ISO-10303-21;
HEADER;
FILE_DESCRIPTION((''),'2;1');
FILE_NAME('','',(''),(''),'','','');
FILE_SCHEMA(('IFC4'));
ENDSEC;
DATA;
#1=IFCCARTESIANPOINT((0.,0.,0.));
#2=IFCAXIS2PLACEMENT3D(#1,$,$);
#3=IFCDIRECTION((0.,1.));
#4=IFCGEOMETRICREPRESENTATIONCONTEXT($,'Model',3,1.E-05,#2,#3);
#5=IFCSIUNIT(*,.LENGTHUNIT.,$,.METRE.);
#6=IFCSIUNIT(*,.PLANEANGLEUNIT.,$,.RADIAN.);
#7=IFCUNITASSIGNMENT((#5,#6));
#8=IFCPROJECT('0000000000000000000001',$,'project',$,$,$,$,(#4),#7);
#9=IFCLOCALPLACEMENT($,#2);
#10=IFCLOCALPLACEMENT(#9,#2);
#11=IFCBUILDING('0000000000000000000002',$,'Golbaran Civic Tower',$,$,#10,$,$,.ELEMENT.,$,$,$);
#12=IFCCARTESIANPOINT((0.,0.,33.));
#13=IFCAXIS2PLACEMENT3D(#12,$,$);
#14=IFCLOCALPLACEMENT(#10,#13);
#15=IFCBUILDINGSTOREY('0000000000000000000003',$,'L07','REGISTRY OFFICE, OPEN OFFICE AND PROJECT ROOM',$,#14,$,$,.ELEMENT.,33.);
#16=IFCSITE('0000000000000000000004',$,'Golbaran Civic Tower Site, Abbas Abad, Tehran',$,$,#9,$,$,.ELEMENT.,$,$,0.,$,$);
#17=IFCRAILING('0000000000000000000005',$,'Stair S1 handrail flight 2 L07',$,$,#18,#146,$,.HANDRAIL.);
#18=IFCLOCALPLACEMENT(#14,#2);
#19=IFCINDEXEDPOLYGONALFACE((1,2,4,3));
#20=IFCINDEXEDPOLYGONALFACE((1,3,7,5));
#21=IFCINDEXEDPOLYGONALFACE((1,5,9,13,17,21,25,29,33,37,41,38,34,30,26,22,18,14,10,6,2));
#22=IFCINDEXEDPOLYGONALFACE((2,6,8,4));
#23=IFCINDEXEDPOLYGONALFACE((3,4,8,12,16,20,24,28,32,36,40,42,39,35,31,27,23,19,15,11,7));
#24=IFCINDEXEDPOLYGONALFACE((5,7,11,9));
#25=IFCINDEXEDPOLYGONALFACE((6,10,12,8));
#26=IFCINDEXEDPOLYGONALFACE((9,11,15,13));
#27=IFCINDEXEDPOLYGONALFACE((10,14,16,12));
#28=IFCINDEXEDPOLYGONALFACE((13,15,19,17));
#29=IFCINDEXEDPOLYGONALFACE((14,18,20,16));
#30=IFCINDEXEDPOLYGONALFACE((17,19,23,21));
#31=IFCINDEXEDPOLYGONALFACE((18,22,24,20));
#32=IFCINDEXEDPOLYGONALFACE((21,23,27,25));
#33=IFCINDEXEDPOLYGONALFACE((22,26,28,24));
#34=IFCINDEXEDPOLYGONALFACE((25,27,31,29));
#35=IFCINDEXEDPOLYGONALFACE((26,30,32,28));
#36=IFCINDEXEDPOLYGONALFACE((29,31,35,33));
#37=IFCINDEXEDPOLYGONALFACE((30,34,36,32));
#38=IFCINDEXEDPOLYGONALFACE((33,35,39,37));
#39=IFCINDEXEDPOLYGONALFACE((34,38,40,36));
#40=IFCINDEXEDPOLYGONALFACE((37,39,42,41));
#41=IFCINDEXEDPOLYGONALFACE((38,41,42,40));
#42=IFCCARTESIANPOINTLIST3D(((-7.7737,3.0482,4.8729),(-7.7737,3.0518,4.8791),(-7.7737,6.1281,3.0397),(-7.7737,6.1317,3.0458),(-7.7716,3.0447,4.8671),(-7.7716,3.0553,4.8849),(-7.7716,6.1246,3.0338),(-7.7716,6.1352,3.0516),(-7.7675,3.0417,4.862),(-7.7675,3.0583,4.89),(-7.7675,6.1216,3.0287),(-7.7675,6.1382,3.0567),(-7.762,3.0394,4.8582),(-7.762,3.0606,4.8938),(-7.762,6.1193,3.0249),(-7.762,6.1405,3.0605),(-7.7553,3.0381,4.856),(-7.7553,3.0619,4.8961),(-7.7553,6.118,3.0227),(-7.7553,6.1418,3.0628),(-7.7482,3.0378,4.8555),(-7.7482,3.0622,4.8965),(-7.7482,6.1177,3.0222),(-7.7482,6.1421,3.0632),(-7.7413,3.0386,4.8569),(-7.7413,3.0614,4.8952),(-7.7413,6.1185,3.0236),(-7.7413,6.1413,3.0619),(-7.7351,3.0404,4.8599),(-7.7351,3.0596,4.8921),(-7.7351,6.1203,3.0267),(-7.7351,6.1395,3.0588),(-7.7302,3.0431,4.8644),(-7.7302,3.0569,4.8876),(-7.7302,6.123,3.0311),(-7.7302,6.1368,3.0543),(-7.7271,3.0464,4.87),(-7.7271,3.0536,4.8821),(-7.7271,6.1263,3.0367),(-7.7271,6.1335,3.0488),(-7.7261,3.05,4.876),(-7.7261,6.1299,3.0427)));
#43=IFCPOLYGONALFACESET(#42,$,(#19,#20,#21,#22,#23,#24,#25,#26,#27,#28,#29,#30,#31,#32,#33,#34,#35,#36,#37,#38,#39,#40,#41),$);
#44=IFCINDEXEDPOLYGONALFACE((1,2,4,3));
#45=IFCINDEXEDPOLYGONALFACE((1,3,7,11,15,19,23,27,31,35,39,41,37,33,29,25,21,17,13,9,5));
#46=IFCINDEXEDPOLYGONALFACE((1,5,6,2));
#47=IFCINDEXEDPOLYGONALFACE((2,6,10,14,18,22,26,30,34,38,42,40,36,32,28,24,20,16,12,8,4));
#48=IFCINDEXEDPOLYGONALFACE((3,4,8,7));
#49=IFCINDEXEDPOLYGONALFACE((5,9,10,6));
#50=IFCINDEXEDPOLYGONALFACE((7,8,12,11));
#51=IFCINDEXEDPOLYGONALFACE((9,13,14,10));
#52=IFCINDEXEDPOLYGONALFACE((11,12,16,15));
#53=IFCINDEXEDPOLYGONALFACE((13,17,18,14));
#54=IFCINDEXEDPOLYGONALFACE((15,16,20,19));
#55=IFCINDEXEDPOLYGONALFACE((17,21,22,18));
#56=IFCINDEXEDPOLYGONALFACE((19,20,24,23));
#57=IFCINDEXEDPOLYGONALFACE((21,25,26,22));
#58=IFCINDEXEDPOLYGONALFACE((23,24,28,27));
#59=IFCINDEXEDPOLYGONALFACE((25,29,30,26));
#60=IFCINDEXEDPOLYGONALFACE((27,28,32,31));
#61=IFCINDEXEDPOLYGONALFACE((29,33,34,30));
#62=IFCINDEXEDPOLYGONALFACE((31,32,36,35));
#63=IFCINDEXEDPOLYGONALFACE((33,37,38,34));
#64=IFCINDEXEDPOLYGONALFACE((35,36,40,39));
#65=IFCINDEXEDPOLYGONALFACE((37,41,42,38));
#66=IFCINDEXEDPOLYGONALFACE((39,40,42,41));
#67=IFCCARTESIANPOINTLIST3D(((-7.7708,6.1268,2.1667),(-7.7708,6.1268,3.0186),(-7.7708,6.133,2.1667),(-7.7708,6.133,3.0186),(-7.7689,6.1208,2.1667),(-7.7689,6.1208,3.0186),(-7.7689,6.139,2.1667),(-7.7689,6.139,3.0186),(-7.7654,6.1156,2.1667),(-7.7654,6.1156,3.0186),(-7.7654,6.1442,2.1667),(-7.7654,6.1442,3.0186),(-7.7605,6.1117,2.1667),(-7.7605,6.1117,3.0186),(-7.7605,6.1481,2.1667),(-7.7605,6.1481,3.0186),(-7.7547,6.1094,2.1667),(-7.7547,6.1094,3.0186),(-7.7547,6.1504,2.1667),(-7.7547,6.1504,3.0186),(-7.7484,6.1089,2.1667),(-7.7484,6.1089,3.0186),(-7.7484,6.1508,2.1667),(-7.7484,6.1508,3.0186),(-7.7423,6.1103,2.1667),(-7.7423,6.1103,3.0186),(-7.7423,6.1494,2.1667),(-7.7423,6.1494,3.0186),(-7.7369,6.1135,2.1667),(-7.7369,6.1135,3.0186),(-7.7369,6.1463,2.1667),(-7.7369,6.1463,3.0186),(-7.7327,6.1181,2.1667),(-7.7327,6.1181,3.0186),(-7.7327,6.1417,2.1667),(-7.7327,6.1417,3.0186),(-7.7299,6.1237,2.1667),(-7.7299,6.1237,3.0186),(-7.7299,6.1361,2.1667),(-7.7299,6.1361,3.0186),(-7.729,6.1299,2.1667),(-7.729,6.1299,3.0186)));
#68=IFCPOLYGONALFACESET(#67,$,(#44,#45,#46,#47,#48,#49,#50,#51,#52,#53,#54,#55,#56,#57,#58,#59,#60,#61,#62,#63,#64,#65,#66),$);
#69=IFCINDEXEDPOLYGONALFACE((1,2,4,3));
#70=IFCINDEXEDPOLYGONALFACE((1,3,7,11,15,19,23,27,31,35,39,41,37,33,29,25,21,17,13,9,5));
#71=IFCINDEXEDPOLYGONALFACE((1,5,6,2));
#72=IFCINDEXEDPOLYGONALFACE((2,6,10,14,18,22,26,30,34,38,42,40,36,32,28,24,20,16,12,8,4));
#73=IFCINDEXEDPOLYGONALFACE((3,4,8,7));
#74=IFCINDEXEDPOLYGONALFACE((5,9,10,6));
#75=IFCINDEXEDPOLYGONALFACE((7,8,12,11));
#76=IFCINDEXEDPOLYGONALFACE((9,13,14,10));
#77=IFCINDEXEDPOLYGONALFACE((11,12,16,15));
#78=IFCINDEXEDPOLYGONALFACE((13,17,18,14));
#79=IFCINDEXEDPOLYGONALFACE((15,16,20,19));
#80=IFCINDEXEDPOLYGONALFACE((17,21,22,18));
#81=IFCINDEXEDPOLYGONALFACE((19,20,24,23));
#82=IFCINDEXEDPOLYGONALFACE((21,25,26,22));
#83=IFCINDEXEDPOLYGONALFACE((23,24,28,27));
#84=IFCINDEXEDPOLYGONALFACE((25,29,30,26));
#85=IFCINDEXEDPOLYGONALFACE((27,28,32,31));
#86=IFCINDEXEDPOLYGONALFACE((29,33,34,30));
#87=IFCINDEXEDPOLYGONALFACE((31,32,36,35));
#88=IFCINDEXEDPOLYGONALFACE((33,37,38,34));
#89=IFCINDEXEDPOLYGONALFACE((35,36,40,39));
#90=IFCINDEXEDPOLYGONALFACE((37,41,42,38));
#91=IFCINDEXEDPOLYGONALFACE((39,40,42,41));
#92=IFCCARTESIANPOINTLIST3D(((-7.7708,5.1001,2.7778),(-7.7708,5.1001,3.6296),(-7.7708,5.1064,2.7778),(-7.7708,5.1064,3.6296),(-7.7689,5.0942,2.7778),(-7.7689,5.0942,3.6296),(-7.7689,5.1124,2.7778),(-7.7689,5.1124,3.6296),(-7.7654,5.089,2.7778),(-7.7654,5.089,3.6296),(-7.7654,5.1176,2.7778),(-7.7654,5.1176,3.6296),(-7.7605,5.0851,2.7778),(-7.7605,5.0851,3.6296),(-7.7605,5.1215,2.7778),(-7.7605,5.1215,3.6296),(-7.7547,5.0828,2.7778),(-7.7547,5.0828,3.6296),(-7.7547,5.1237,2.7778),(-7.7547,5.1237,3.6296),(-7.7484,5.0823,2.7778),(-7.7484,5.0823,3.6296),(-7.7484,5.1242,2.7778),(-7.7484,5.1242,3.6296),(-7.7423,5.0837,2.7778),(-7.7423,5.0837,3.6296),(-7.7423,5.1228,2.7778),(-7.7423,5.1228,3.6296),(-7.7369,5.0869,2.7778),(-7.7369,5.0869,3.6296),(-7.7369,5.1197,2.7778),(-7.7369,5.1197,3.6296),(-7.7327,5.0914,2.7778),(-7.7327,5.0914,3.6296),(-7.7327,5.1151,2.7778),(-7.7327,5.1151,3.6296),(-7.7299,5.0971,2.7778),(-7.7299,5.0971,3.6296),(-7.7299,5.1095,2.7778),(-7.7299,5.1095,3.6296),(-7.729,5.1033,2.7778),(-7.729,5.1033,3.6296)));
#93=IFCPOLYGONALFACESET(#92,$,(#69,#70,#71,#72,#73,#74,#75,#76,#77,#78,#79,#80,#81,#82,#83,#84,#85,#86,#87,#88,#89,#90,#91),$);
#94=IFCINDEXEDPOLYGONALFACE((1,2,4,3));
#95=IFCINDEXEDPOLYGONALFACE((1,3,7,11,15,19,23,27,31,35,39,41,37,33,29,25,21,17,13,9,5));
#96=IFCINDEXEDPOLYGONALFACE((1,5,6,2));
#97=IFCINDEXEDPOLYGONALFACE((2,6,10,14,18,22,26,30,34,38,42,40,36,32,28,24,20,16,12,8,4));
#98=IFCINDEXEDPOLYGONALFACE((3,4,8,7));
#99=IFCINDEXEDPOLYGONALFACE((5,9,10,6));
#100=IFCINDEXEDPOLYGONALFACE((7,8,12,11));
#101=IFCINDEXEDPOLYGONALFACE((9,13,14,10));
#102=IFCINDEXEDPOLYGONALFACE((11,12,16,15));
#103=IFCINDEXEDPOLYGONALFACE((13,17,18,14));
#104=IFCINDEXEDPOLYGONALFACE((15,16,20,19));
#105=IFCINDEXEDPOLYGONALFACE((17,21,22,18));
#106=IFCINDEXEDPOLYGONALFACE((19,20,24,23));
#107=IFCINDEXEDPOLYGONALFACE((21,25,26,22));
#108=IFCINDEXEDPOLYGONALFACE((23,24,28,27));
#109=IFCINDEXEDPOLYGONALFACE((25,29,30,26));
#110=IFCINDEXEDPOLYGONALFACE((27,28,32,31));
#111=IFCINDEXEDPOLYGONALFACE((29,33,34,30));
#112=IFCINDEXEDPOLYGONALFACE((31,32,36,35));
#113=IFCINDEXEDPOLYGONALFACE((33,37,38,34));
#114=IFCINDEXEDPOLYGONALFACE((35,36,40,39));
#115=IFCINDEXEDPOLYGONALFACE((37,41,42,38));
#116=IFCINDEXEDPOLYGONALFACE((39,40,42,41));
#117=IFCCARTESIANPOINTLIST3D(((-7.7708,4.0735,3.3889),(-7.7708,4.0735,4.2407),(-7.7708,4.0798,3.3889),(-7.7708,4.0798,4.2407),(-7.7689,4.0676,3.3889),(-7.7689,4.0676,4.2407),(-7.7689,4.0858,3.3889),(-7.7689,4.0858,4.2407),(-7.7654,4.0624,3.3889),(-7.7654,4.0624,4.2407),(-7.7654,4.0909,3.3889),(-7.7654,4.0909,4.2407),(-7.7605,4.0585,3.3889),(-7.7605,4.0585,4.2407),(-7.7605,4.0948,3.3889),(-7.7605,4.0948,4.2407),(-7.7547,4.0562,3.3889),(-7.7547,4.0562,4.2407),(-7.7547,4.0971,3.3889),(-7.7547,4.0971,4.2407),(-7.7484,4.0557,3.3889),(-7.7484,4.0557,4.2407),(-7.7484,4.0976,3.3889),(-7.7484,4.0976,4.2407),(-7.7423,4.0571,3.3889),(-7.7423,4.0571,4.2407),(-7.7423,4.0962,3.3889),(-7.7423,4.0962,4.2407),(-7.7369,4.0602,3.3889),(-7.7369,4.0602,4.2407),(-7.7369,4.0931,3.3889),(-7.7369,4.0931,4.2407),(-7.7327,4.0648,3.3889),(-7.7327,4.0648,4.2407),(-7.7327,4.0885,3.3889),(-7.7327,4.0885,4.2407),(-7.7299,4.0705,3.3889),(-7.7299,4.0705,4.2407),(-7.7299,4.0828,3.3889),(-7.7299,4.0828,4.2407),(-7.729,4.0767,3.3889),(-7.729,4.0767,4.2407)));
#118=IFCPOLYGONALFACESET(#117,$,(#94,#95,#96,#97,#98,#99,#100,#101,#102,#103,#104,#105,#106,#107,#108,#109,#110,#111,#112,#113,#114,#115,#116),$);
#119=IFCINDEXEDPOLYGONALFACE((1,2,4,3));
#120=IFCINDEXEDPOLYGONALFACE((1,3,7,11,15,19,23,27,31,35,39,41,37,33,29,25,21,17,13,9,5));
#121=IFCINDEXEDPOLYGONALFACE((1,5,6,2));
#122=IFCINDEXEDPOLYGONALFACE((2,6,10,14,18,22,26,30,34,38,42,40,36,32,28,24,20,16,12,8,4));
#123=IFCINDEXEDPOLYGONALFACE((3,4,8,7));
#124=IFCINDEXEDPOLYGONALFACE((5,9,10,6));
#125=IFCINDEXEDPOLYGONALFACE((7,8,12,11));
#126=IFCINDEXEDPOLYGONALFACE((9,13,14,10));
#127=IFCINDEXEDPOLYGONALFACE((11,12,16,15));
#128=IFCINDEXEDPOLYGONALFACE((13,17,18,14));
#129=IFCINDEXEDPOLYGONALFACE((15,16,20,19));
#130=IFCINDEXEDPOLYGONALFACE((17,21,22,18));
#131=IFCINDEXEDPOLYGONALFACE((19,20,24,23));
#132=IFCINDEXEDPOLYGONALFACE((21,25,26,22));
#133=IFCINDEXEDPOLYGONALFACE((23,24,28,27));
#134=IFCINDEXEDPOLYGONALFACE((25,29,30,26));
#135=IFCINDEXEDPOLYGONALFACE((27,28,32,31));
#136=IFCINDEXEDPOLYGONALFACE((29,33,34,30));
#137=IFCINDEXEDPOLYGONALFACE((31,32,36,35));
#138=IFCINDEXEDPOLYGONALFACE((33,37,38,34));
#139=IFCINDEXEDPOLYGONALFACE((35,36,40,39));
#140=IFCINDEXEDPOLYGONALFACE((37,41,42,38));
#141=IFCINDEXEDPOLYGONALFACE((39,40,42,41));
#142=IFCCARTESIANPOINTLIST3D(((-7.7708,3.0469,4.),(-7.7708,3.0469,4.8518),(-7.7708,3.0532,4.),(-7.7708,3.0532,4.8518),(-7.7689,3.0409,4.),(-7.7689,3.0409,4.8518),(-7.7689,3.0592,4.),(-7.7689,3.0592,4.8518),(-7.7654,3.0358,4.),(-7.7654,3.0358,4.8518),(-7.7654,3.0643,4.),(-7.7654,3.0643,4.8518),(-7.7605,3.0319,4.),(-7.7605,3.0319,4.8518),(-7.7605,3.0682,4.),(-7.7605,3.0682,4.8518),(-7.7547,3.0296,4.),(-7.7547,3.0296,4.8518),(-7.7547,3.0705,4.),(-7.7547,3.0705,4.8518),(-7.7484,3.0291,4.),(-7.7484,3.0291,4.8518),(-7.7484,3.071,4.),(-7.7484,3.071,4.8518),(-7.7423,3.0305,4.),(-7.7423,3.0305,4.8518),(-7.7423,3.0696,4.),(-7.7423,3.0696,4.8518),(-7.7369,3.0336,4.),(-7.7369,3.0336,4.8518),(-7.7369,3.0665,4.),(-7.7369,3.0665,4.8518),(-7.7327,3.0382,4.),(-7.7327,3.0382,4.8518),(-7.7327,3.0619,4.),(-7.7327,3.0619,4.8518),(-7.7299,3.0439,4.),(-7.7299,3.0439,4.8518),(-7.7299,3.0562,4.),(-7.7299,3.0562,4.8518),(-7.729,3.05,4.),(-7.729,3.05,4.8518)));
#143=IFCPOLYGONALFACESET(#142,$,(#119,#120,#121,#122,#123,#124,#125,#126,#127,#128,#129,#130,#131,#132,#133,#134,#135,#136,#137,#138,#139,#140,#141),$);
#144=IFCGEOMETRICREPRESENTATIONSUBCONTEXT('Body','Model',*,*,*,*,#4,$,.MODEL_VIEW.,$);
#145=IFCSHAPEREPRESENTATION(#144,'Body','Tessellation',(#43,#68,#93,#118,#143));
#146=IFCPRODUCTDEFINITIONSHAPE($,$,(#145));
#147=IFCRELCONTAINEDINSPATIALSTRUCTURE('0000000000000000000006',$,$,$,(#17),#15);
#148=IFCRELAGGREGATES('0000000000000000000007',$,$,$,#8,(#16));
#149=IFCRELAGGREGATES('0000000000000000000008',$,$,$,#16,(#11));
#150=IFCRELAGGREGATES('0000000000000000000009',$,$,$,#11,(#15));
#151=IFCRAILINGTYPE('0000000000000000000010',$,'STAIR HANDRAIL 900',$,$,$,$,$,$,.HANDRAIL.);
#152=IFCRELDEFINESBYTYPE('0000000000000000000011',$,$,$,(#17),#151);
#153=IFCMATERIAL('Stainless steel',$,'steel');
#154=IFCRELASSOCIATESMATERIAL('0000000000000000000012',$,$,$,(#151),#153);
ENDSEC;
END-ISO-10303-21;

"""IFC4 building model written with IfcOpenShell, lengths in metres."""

from ifc_helpers import new_model, si_unit, direction, frame, origin, origin_2d, place, context, subcontext, project, spatial, circle, extrude, material, type_object, element, save


model = new_model("IFC4")

# Units and contexts
model_context = context("Model", 3, precision=1e-05, world=origin(), true_north=direction((0.0, 1.0)))
body_context = subcontext(model_context, "Body", "Model", "MODEL_VIEW")
ifc_project = project(units=[si_unit("LENGTHUNIT", "METRE"), si_unit("PLANEANGLEUNIT", "RADIAN")], contexts=[model_context])

# Site, building, storey
site_placement = place(None, origin())
site = spatial("IfcSite", under=ifc_project, at=site_placement, Name="Golbaran Civic Tower Site, Abbas Abad, Tehran", CompositionType="ELEMENT", RefElevation=0.0)
building_placement = place(site_placement, origin())
building = spatial("IfcBuilding", under=site, at=building_placement, Name="Golbaran Civic Tower", CompositionType="ELEMENT")
storey_placement = place(building_placement, frame((0.0, 0.0, 33.0)))
storey = spatial("IfcBuildingStorey", under=building, at=storey_placement, Name="L07", Description="REGISTRY OFFICE, OPEN OFFICE AND PROJECT ROOM", CompositionType="ELEMENT", Elevation=33.0)

# Shared definitions
ifc_material_1 = material(Name="Stainless steel", Category="steel")

# Railing
railing_type = type_object("IfcRailingType", Name="STAIR HANDRAIL 900", PredefinedType="HANDRAIL", material=ifc_material_1)
railing_1_placement = place(storey_placement, frame((-7.75, 6.1299, 2.1667)))
element("IfcRailing", 1, at=railing_1_placement, inside=storey, type_object=railing_type, Name="Stair S1 handrail flight 2 L07", PredefinedType="HANDRAIL", context=body_context, shape_type="SweptSolid", body=[
    extrude(circle(Radius=0.0239, at=origin_2d()), frame((0.0, 0.0, 0.876), z_axis=(0.0, -0.859291, 0.511487), x_axis=(1.0, 0.0, 0.0)), (0.0, 0.0, 1.0), 3.5842),
    extrude(circle(Radius=0.021, at=origin_2d()), origin(), (0.0, 0.0, 1.0), 0.8518),
    extrude(circle(Radius=0.021, at=origin_2d()), frame((0.0, -1.0266, 0.6111)), (0.0, 0.0, 1.0), 0.8518),
    extrude(circle(Radius=0.021, at=origin_2d()), frame((0.0, -2.0532, 1.2222)), (0.0, 0.0, 1.0), 0.8518),
    extrude(circle(Radius=0.021, at=origin_2d()), frame((0.0, -3.0798, 1.8333)), (0.0, 0.0, 1.0), 0.8518),
])

save(model, "model.ifc")
